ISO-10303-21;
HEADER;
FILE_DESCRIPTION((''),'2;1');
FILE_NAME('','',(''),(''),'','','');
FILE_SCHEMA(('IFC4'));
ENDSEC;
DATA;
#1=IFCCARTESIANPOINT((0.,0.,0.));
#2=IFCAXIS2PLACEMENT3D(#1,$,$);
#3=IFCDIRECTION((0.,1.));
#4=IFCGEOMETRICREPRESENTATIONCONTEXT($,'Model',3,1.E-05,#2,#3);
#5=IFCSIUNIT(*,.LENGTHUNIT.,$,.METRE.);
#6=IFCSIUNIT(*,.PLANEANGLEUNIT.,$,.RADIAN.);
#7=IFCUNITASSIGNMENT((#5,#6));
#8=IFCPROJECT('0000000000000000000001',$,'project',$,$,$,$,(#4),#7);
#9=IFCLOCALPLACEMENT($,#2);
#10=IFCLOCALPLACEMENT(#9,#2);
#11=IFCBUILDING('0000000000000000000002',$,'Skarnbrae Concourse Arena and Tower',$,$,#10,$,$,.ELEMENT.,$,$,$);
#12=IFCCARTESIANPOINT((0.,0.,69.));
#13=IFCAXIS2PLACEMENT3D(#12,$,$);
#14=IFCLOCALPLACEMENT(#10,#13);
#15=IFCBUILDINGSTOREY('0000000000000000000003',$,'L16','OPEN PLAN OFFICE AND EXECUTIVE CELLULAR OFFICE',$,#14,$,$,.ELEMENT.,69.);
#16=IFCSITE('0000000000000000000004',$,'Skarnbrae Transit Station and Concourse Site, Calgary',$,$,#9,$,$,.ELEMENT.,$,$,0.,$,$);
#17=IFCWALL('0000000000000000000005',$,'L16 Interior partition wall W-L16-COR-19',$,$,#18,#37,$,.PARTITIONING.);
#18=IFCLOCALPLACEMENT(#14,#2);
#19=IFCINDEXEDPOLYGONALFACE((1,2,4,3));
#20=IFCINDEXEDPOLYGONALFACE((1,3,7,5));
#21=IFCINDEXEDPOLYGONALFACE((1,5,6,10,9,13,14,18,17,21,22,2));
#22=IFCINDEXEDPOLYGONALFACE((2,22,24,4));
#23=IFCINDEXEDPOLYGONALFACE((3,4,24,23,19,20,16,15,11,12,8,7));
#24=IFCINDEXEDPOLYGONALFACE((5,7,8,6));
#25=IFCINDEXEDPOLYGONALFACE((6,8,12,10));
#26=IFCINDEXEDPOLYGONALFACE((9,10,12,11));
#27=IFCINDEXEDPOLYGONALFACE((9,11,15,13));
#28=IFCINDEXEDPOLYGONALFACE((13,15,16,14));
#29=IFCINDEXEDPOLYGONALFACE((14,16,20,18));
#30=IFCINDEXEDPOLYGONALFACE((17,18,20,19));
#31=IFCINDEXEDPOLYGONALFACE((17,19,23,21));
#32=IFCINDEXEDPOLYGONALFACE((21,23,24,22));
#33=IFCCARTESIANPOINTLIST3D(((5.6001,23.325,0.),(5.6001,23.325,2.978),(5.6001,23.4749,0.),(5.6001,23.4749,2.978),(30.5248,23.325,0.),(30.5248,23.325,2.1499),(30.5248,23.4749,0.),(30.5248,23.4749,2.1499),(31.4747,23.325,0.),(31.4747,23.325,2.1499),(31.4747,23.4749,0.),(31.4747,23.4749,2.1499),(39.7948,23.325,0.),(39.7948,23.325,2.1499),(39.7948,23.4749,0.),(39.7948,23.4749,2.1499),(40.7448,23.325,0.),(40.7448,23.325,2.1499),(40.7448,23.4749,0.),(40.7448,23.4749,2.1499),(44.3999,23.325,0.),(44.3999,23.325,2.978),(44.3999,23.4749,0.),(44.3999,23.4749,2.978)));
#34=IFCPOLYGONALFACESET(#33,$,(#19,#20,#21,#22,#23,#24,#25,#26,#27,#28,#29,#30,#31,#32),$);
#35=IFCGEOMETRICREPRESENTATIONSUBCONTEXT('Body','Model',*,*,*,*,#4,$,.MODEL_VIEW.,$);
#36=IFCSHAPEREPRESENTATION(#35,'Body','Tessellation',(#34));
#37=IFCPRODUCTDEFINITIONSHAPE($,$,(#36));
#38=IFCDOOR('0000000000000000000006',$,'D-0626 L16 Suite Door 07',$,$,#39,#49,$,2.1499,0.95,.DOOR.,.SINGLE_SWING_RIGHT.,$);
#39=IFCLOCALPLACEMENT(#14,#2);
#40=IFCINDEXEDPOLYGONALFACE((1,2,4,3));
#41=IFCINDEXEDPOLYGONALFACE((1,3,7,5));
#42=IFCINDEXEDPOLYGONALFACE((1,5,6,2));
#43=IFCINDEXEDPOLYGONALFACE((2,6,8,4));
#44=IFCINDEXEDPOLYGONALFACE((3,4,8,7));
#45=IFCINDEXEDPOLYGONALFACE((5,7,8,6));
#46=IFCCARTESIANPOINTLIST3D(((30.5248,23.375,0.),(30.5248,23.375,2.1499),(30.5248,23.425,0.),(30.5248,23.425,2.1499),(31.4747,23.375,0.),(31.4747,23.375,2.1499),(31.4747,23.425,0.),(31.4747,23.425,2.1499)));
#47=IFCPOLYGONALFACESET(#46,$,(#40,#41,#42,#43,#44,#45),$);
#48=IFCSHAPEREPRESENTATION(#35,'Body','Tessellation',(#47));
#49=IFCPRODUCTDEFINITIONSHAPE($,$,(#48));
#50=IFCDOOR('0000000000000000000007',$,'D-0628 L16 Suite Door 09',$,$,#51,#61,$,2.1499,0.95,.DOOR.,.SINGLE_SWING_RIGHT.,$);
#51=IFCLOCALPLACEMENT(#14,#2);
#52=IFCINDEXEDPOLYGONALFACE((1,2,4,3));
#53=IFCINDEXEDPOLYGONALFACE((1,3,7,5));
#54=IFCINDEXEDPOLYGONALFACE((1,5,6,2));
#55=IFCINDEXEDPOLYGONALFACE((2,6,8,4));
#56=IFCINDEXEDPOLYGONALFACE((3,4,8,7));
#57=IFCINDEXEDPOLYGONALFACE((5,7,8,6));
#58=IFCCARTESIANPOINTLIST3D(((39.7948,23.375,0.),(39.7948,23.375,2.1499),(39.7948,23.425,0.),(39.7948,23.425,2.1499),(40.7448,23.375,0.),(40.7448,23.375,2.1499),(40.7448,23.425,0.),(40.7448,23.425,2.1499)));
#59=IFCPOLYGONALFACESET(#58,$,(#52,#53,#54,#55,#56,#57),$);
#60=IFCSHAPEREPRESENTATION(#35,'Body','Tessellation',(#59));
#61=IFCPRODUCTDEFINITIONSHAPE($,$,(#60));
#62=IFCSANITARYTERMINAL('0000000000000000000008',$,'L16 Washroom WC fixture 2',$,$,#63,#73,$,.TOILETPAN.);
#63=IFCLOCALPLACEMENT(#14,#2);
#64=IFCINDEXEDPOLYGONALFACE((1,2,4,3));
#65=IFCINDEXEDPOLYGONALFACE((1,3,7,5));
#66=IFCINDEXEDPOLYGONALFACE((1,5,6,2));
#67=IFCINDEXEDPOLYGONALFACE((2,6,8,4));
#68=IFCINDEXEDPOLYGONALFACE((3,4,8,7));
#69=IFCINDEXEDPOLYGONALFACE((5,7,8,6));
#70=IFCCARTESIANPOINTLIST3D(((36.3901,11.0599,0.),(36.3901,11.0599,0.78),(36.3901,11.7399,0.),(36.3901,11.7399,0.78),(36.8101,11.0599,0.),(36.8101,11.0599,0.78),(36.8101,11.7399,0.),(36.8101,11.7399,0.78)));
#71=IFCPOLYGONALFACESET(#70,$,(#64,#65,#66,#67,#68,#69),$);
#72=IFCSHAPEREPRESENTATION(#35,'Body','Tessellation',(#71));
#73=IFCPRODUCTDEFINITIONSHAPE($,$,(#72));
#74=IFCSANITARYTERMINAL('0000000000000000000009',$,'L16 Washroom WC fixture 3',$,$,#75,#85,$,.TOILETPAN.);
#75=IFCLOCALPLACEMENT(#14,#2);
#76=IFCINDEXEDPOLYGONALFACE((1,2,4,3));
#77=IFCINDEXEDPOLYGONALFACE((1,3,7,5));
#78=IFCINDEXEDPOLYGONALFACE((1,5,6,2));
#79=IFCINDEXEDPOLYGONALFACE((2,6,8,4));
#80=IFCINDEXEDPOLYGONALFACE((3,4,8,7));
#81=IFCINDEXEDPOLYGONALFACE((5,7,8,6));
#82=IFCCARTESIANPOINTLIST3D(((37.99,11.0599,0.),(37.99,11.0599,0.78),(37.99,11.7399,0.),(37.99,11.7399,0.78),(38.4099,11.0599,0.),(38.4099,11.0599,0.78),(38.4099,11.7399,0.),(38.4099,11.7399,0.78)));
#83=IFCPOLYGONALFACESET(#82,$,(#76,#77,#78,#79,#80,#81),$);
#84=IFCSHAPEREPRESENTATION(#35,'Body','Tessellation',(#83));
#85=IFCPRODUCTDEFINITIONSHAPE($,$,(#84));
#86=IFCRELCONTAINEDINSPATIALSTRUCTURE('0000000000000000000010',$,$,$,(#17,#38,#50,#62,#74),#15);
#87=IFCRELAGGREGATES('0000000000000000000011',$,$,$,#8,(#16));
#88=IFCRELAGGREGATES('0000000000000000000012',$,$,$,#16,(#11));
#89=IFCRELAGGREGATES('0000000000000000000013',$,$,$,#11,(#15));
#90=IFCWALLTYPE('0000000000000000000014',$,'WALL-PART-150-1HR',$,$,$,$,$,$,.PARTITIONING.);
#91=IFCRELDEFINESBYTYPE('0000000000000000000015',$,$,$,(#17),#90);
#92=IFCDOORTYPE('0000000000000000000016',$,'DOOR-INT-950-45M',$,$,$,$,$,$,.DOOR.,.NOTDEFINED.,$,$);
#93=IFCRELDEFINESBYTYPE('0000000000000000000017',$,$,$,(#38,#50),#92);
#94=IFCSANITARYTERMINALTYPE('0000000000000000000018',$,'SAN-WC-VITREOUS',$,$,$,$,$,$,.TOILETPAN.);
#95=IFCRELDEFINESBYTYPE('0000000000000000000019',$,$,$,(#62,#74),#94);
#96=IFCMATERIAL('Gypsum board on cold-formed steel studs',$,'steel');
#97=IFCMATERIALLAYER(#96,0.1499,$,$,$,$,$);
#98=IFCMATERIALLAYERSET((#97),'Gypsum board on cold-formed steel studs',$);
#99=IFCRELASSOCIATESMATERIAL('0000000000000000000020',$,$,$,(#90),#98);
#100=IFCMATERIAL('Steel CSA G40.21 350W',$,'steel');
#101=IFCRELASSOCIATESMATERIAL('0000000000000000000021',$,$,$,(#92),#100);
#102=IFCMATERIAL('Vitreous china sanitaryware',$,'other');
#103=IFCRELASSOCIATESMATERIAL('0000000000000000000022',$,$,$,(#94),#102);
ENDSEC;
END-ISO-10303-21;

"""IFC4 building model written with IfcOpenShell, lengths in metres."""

from ifc_helpers import new_model, si_unit, direction, frame, frame_2d, origin, origin_2d, place, context, subcontext, project, spatial, rectangle, extrude, source, transform, mapped, material, layer, layer_set, type_object, element, fill, save


model = new_model("IFC4")

# Units and contexts
model_context = context("Model", 3, precision=1e-05, world=origin(), true_north=direction((0.0, 1.0)))
body_context = subcontext(model_context, "Body", "Model", "MODEL_VIEW")
ifc_project = project(units=[si_unit("LENGTHUNIT", "METRE"), si_unit("PLANEANGLEUNIT", "RADIAN")], contexts=[model_context])

# Site, building, storey
site_placement = place(None, origin())
site = spatial("IfcSite", under=ifc_project, at=site_placement, Name="Skarnbrae Transit Station and Concourse Site, Calgary", CompositionType="ELEMENT", RefElevation=0.0)
building_placement = place(site_placement, origin())
building = spatial("IfcBuilding", under=site, at=building_placement, Name="Skarnbrae Concourse Arena and Tower", CompositionType="ELEMENT")
storey_placement = place(building_placement, frame((0.0, 0.0, 69.0)))
storey = spatial("IfcBuildingStorey", under=building, at=storey_placement, Name="L16", Description="OPEN PLAN OFFICE AND EXECUTIVE CELLULAR OFFICE", CompositionType="ELEMENT", Elevation=69.0)

# Shared definitions
ifc_material_1 = material(Name="Steel CSA G40.21 350W", Category="steel")

# Shared definitions
ifc_material_2 = material(Name="Gypsum board on cold-formed steel studs", Category="steel")

# Shared definitions
ifc_layer_1 = layer(ifc_material_2, 0.1499)
ifc_layer_set_1 = layer_set([ifc_layer_1], Name="Gypsum board on cold-formed steel studs")
wall_type_1 = type_object("IfcWallType", Name="WALL-PART-150-1HR", PredefinedType="PARTITIONING", material=ifc_layer_set_1)

# Wall, openings, doors
shared_shape_1 = source(origin(), body_context, "Body", "SweptSolid", [
    extrude(rectangle(XDim=38.7998, YDim=0.1499, at=frame_2d((19.3999, 0.0))), origin(), (0.0, 0.0, 1.0), 2.978),
])
wall_1_placement = place(storey_placement, frame((44.3999, 23.3999, 0.0), z_axis=(0.0, 0.0, 1.0), x_axis=(-1.0, 0.0, 0.0)))
wall_1 = element("IfcWall", 1, at=wall_1_placement, inside=storey, type_object=wall_type_1, Name="L16 Interior partition wall W-L16-COR-19", PredefinedType="PARTITIONING", context=body_context, shape_type="MappedRepresentation", body=[
    mapped(shared_shape_1, transform((0.0, 0.0, 0.0))),
])
opening_1_placement = place(wall_1_placement, frame((12.925, 0.0, 0.0)))
opening_1 = element("IfcOpeningElement", 2, at=opening_1_placement, cuts=wall_1, PredefinedType="OPENING", context=body_context, shape_type="SweptSolid", body=[
    extrude(rectangle(XDim=0.95, YDim=2.1499, at=frame_2d((0.4751, 1.075))), frame((0.0, 0.085, 0.0), z_axis=(0.0, -1.0, 0.0), x_axis=(1.0, 0.0, 0.0)), (0.0, 0.0, 1.0), 0.1699),
])
opening_2_placement = place(wall_1_placement, frame((3.655, 0.0, 0.0)))
opening_2 = element("IfcOpeningElement", 3, at=opening_2_placement, cuts=wall_1, PredefinedType="OPENING", context=body_context, shape_type="SweptSolid", body=[
    extrude(rectangle(XDim=0.95, YDim=2.1499, at=frame_2d((0.4751, 1.075))), frame((0.0, 0.085, 0.0), z_axis=(0.0, -1.0, 0.0), x_axis=(1.0, 0.0, 0.0)), (0.0, 0.0, 1.0), 0.1699),
])
door_type_1 = type_object("IfcDoorType", Name="DOOR-INT-950-45M", OperationType="NOTDEFINED", PredefinedType="DOOR", material=ifc_material_1)
shared_shape_2 = source(origin(), body_context, "Body", "SweptSolid", [
    extrude(rectangle(XDim=0.95, YDim=2.1499, at=frame_2d((0.4751, 1.075))), frame((0.0, 0.0249, 0.0), z_axis=(0.0, -1.0, 0.0), x_axis=(1.0, 0.0, 0.0)), (0.0, 0.0, 1.0), 0.05),
])
door_1_placement = place(opening_1_placement, origin())
door_1 = element("IfcDoor", 4, at=door_1_placement, inside=storey, type_object=door_type_1, Name="D-0626 L16 Suite Door 07", OperationType="SINGLE_SWING_RIGHT", OverallHeight=2.1499, OverallWidth=0.95, PredefinedType="DOOR", context=body_context, shape_type="MappedRepresentation", body=[
    mapped(shared_shape_2, transform((0.0, 0.0, 0.0))),
])
fill(opening_1, door_1)
door_2_placement = place(opening_2_placement, origin())
door_2 = element("IfcDoor", 5, at=door_2_placement, inside=storey, type_object=door_type_1, Name="D-0628 L16 Suite Door 09", OperationType="SINGLE_SWING_RIGHT", OverallHeight=2.1499, OverallWidth=0.95, PredefinedType="DOOR", context=body_context, shape_type="MappedRepresentation", body=[
    mapped(shared_shape_2, transform((0.0, 0.0, 0.0))),
])
fill(opening_2, door_2)

# Sanitary terminals
ifc_material_3 = material(Name="Vitreous china sanitaryware", Category="other")
sanitary_terminal_type = type_object("IfcSanitaryTerminalType", Name="SAN-WC-VITREOUS", PredefinedType="TOILETPAN", material=ifc_material_3)
shared_shape_3 = source(origin(), body_context, "Body", "SweptSolid", [
    extrude(rectangle(XDim=0.4199, YDim=0.6799, at=origin_2d()), origin(), (0.0, 0.0, 1.0), 0.78),
])
for number, where, z_axis, x_axis, name in (
    (6, (36.6001, 11.3999, 0.0), (0.0, 0.0, 1.0), (1.0, 0.0, 0.0), "L16 Washroom WC fixture 2"),
    (7, (38.2, 11.3999, 0.0), (0.0, 0.0, 1.0), (1.0, 0.0, 0.0), "L16 Washroom WC fixture 3"),
):
    element("IfcSanitaryTerminal", number, at=place(storey_placement, frame(where, z_axis=z_axis, x_axis=x_axis)), inside=storey, type_object=sanitary_terminal_type, Name=name, PredefinedType="TOILETPAN", context=body_context, shape_type="MappedRepresentation", body=[
        mapped(shared_shape_3, transform((0.0, 0.0, 0.0))),
    ])

save(model, "model.ifc")
